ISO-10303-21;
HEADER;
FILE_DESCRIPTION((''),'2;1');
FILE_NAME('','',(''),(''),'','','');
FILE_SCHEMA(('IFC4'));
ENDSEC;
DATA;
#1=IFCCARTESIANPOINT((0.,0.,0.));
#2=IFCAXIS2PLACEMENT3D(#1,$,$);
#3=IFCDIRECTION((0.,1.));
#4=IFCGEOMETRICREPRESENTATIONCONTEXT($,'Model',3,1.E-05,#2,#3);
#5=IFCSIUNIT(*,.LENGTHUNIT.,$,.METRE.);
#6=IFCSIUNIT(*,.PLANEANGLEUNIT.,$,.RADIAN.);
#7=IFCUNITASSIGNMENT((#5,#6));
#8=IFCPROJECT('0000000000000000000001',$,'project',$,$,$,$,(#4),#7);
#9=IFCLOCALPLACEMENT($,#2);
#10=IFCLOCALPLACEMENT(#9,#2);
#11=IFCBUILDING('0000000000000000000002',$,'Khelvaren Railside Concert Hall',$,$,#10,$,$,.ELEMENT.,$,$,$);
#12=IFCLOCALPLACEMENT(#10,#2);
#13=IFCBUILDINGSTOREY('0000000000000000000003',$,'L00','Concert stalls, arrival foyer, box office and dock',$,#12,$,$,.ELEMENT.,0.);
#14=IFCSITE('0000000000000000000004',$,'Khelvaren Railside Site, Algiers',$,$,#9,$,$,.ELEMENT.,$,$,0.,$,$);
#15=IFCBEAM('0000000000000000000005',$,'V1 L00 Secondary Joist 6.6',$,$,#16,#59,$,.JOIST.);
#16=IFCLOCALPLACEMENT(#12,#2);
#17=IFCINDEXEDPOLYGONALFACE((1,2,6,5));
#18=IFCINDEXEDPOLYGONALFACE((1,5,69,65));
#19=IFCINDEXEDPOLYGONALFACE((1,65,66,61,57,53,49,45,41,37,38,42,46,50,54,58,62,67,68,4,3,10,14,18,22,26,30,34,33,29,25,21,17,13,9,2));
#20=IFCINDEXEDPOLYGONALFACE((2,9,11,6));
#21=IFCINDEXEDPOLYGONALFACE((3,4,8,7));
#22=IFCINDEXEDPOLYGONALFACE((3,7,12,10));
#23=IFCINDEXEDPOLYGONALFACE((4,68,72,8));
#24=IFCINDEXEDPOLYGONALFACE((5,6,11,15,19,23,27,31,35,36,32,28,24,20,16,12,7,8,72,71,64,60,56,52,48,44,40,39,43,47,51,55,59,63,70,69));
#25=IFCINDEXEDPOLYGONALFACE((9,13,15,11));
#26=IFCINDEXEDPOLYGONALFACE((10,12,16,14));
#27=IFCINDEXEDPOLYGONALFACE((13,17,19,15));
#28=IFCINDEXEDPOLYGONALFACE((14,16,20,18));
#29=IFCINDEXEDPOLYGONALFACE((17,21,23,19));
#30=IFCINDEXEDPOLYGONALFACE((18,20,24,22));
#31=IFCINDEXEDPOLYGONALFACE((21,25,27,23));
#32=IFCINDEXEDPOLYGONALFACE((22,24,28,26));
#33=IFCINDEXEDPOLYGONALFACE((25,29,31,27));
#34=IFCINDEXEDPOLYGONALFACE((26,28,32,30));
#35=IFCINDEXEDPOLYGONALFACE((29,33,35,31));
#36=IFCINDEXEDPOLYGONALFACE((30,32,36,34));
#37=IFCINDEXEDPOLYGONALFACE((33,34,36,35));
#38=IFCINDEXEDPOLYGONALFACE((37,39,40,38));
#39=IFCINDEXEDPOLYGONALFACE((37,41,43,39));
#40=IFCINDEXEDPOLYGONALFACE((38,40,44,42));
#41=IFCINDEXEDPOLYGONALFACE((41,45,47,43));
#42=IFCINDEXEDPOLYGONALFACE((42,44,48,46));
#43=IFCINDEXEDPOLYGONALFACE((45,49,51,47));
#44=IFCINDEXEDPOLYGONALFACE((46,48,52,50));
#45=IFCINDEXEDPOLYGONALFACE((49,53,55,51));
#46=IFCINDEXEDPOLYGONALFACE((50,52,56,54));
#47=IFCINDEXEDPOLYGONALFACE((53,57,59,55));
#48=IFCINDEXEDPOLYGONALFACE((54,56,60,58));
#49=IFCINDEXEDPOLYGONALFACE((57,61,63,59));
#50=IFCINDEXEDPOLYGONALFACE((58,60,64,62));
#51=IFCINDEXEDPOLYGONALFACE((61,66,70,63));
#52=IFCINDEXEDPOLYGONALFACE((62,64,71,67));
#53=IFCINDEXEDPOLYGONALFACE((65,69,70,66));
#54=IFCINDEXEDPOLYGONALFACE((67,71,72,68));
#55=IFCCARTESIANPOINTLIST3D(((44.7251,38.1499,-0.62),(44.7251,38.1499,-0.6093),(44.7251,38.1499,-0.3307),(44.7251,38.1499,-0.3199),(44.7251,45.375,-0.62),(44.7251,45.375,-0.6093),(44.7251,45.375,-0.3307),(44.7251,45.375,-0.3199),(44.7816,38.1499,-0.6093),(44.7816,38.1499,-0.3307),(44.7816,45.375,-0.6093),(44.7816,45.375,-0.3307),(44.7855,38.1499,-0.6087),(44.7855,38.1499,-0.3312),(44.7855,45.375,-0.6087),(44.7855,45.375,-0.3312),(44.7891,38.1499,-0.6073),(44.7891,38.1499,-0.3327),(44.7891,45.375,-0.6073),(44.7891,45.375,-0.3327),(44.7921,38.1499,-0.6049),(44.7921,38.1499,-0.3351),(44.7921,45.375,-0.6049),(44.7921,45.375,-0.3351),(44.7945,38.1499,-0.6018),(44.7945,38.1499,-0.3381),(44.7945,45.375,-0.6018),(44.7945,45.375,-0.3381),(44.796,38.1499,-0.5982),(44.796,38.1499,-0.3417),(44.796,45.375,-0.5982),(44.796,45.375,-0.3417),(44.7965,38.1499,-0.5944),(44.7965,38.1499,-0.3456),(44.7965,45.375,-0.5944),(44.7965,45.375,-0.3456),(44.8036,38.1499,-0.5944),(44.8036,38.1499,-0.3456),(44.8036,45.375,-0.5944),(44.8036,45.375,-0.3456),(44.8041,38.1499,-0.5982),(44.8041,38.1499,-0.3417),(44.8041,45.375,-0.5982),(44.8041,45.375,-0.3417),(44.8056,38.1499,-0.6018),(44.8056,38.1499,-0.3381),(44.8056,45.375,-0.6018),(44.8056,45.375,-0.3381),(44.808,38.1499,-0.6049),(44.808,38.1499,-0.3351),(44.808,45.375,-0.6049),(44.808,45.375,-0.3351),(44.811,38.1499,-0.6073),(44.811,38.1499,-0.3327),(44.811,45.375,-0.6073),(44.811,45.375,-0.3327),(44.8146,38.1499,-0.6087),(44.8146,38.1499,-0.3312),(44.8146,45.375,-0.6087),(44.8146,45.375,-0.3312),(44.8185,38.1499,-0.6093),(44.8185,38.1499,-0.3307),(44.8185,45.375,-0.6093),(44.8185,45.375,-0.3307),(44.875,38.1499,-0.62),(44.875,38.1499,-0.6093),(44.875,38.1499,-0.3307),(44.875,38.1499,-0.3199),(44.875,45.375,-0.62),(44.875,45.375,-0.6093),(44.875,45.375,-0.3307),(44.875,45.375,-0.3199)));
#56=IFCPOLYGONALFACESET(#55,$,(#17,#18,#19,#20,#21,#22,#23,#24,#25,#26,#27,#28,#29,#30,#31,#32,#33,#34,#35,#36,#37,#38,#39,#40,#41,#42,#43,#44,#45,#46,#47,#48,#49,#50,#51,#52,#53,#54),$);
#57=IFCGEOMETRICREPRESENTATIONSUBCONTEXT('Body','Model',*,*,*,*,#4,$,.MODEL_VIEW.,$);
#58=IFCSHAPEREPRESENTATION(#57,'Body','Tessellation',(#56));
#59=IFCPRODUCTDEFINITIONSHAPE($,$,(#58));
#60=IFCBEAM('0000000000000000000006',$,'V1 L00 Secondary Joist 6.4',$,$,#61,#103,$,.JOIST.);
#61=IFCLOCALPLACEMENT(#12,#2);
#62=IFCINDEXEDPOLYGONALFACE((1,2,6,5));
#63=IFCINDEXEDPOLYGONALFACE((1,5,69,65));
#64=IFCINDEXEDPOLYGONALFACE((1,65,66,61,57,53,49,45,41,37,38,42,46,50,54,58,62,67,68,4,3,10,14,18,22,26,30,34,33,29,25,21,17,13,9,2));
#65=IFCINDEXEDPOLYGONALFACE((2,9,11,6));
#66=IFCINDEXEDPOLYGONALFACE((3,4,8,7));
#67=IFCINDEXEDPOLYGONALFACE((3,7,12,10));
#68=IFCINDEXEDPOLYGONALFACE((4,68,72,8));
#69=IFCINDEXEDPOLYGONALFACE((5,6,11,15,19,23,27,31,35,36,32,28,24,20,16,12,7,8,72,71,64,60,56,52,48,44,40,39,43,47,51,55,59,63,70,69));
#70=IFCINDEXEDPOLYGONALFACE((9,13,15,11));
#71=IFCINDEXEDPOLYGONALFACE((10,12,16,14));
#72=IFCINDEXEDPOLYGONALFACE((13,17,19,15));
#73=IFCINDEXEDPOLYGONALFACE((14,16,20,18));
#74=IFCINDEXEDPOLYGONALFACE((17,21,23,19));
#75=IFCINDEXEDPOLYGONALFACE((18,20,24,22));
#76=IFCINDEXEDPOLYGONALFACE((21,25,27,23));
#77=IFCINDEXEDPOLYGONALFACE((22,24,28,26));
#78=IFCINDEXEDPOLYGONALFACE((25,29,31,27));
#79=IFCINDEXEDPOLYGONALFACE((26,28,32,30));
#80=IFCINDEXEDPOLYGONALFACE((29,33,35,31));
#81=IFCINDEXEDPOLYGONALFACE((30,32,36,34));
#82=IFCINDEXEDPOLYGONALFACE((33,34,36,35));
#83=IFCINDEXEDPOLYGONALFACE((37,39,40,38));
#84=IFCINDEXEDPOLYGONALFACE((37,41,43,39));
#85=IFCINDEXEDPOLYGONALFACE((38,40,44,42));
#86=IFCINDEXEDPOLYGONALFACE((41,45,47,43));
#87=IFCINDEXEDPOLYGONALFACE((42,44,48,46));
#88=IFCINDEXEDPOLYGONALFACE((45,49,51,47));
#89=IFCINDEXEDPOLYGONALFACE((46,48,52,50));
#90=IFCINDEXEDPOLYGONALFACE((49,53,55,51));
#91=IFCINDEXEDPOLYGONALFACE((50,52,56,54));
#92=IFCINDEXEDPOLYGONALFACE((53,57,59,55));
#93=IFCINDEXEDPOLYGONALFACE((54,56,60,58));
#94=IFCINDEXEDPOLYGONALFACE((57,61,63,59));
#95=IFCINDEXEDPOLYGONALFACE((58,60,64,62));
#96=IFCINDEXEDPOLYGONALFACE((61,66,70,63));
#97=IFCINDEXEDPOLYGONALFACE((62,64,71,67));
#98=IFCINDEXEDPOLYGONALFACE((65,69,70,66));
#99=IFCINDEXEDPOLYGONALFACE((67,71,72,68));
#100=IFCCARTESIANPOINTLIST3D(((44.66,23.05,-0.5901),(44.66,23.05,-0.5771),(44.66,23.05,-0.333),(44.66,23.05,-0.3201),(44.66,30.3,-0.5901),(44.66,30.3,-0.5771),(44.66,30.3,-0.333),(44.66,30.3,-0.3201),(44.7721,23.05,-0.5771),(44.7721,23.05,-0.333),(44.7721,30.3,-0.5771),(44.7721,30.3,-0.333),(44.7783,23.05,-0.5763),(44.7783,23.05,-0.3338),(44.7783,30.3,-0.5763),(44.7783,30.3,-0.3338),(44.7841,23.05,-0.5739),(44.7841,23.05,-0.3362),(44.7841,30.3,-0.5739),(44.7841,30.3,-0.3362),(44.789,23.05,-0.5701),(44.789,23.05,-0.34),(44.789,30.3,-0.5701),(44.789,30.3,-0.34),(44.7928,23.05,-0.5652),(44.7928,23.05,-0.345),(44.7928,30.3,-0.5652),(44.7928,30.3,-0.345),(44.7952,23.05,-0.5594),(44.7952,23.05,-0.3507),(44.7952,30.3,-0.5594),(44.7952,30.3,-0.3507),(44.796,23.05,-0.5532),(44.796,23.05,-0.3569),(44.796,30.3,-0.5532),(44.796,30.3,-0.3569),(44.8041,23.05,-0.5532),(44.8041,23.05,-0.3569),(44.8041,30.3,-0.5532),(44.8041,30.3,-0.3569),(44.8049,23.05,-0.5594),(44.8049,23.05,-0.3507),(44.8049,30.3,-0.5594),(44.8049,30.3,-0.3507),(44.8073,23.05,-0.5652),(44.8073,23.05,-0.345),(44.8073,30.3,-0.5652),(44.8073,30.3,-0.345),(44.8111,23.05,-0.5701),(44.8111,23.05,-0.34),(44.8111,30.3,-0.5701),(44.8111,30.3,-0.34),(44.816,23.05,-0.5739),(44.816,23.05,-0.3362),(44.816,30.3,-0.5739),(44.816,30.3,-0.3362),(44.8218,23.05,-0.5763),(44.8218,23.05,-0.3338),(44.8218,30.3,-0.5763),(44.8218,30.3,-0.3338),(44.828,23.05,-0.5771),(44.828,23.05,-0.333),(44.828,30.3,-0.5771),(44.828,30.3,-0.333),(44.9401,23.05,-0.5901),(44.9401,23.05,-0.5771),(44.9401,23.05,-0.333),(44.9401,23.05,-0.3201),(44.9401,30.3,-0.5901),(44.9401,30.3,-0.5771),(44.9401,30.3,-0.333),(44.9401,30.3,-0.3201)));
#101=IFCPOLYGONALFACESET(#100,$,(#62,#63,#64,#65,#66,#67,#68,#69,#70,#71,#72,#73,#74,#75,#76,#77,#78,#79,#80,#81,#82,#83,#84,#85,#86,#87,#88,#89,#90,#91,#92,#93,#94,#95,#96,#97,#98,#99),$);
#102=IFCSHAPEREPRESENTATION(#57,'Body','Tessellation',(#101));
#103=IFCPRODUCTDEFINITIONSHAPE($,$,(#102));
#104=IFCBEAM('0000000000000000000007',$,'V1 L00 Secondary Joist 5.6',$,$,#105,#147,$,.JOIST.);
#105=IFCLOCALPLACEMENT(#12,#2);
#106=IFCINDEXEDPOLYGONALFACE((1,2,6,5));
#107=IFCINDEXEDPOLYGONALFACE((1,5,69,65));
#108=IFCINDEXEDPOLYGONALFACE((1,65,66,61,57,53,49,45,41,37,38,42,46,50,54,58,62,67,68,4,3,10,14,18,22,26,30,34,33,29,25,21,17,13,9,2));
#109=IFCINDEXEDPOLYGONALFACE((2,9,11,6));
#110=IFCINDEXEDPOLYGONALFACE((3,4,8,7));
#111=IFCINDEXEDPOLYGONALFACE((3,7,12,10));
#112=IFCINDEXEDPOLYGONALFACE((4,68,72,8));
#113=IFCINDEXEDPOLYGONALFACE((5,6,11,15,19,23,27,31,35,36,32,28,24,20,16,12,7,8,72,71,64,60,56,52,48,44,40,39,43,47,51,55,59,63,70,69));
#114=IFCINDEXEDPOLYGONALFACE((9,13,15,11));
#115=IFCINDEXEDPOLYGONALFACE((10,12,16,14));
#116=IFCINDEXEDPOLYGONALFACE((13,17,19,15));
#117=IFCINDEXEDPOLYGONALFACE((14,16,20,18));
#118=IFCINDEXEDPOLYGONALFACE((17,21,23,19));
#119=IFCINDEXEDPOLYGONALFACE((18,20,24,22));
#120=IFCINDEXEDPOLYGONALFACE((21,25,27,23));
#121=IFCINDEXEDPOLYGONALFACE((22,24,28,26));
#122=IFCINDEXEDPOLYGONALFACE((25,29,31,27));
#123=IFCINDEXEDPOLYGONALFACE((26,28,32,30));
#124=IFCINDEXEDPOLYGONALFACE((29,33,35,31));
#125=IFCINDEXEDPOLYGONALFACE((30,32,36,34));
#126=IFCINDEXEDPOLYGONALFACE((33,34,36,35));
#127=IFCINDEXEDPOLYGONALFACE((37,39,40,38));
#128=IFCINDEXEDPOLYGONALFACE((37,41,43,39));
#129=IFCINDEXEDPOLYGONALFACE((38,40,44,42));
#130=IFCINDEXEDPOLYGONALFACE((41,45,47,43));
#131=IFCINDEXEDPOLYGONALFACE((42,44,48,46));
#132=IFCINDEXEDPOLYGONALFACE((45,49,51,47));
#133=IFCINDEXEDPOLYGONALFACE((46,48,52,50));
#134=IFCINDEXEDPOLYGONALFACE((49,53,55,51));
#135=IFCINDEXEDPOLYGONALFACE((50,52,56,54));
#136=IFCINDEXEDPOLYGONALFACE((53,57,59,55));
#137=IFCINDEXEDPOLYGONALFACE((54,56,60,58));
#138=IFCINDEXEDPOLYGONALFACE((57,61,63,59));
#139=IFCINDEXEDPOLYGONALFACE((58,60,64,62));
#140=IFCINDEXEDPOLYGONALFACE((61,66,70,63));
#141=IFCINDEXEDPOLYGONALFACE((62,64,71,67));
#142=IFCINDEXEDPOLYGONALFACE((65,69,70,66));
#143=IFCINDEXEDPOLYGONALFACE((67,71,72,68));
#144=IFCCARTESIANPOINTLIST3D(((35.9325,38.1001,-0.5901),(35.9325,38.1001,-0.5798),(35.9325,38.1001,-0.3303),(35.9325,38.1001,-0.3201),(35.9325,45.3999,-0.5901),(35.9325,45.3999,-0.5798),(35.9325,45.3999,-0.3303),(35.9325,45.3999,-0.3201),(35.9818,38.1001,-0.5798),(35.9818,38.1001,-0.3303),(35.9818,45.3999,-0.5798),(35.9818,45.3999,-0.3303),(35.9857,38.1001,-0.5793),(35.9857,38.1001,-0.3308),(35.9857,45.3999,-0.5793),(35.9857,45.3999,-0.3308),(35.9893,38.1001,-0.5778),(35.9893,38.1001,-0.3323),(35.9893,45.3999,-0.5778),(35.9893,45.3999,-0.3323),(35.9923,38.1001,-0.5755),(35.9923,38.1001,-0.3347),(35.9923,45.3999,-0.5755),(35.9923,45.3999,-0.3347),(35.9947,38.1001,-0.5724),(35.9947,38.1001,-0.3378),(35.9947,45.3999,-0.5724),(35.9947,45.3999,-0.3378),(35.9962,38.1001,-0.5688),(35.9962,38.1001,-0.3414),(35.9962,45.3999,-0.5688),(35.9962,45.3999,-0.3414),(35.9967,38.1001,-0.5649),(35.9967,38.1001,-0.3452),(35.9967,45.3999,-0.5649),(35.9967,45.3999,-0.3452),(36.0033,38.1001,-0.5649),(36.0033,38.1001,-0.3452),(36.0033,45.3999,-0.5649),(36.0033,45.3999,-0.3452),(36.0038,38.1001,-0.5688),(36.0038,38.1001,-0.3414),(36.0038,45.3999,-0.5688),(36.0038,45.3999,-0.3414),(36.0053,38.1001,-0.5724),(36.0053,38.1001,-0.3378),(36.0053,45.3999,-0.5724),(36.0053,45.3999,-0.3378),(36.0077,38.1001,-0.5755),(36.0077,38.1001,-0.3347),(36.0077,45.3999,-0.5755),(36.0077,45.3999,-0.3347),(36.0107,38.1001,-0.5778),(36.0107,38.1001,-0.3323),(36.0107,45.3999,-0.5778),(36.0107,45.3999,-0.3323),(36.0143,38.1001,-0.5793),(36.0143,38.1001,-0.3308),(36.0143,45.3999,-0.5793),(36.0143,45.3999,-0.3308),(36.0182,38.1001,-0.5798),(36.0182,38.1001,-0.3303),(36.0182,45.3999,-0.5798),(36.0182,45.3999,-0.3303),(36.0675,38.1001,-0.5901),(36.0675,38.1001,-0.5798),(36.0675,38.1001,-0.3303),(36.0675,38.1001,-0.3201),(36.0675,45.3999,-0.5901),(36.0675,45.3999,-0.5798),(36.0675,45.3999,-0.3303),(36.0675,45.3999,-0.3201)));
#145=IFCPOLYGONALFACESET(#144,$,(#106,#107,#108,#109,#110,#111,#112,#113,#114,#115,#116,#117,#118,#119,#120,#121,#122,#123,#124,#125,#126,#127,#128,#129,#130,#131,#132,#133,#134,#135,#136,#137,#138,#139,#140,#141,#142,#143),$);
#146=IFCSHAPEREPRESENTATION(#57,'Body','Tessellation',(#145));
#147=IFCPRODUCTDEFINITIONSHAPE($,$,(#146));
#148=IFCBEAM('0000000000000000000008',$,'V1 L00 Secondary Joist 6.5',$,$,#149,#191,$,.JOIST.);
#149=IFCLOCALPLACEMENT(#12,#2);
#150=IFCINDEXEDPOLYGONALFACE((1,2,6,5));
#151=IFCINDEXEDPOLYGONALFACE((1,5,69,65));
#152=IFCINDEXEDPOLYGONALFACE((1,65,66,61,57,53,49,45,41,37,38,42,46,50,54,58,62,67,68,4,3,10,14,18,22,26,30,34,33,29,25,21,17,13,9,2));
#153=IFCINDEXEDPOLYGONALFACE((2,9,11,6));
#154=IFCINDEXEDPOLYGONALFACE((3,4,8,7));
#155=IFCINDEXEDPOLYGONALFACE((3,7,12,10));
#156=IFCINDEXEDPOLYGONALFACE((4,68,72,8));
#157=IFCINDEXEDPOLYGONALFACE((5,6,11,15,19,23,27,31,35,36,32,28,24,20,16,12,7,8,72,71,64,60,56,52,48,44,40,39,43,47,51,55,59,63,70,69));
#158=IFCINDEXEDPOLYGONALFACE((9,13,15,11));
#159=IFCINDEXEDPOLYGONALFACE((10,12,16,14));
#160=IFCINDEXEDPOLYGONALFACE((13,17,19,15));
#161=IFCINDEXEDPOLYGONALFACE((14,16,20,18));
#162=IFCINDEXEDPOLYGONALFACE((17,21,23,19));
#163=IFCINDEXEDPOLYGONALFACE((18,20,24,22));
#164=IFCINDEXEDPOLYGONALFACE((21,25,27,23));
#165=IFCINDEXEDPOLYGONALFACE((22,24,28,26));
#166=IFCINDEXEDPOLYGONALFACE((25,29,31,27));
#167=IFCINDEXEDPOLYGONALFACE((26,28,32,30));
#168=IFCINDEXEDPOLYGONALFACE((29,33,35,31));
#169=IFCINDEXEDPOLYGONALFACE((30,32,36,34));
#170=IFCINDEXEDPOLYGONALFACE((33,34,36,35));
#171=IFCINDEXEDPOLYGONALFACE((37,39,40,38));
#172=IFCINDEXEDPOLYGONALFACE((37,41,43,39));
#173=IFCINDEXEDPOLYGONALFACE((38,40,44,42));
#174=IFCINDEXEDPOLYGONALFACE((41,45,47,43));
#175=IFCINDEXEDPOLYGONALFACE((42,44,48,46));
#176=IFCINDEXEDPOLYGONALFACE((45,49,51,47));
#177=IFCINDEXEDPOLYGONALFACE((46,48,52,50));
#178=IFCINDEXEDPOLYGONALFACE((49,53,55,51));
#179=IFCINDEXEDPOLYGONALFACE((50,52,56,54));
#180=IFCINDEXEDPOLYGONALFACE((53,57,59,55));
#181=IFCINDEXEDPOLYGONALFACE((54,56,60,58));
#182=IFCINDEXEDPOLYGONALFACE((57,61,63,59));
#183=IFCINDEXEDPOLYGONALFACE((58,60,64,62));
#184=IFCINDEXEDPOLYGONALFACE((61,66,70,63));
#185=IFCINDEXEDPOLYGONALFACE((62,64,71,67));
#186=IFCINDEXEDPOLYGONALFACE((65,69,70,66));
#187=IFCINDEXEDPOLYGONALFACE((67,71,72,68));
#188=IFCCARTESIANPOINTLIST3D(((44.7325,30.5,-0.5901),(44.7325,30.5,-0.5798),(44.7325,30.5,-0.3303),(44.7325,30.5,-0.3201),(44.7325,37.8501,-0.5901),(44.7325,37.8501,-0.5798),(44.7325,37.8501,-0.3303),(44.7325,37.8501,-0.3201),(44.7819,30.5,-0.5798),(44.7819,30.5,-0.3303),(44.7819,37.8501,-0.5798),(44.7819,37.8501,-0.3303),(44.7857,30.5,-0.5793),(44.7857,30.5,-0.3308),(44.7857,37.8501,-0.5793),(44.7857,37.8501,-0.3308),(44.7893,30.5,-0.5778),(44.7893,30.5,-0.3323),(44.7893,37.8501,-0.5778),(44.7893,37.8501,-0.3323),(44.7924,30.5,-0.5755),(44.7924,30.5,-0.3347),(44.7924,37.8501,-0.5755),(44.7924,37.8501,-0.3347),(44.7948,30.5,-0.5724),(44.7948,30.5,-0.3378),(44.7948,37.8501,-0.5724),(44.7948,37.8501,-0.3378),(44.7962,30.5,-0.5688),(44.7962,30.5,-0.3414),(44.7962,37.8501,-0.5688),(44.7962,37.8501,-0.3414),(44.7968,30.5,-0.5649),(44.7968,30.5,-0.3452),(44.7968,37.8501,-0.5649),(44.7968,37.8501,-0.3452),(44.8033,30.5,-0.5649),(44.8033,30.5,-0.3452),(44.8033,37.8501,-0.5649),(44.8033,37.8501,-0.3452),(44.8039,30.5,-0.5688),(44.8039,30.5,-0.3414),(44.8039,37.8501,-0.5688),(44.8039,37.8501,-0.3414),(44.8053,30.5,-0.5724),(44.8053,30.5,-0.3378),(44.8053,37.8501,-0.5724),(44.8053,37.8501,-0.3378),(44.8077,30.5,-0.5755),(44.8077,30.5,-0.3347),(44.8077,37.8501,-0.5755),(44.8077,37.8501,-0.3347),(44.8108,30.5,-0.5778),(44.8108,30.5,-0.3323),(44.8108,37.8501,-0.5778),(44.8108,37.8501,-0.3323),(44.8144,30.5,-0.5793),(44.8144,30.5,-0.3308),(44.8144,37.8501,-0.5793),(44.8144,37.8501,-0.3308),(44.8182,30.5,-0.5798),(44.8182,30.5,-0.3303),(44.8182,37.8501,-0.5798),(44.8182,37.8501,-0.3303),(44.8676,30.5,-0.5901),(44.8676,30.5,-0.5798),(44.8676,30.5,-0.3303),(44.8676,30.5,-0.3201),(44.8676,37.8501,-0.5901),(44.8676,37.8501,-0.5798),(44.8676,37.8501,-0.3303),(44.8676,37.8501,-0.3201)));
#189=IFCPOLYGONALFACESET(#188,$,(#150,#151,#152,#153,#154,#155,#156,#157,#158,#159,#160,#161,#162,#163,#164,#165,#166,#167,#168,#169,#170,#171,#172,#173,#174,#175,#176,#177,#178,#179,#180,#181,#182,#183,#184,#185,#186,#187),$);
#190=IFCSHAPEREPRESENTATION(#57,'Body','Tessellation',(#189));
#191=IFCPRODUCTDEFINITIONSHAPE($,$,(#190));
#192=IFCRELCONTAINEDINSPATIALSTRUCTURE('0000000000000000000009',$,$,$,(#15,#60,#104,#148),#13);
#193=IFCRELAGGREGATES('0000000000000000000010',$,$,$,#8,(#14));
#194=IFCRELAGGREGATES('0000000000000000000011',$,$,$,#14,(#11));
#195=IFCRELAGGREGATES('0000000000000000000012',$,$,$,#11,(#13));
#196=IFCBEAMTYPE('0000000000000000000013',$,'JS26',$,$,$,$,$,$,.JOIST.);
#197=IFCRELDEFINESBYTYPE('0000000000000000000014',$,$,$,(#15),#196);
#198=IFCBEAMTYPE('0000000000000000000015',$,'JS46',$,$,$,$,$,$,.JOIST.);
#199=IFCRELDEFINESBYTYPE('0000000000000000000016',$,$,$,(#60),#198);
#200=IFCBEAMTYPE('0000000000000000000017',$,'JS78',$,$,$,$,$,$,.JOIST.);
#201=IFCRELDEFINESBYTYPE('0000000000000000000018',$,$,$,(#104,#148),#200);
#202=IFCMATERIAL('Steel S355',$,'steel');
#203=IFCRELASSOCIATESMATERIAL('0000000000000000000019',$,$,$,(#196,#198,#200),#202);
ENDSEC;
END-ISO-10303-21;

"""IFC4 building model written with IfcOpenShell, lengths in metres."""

from ifc_helpers import new_model, si_unit, direction, frame, origin, origin_2d, place, context, subcontext, project, spatial, i_section, extrude, material, material_profile, profile_set, type_object, element, save


model = new_model("IFC4")

# Units and contexts
model_context = context("Model", 3, precision=1e-05, world=origin(), true_north=direction((0.0, 1.0)))
body_context = subcontext(model_context, "Body", "Model", "MODEL_VIEW")
ifc_project = project(units=[si_unit("LENGTHUNIT", "METRE"), si_unit("PLANEANGLEUNIT", "RADIAN")], contexts=[model_context])

# Site, building, storey
site_placement = place(None, origin())
site = spatial("IfcSite", under=ifc_project, at=site_placement, Name="Khelvaren Railside Site, Algiers", CompositionType="ELEMENT", RefElevation=0.0)
building_placement = place(site_placement, origin())
building = spatial("IfcBuilding", under=site, at=building_placement, Name="Khelvaren Railside Concert Hall", CompositionType="ELEMENT")
storey_placement = place(building_placement, origin())
storey = spatial("IfcBuildingStorey", under=building, at=storey_placement, Name="L00", Description="Concert stalls, arrival foyer, box office and dock", CompositionType="ELEMENT", Elevation=0.0)

# Shared definitions
ifc_material_1 = material(Name="Steel S355", Category="steel")

# Beams
ifc_material_profile_1 = material_profile(ifc_material_1, i_section(OverallWidth=0.1499, OverallDepth=0.3, WebThickness=0.0071, FlangeThickness=0.0107, FilletRadius=0.0149, at=origin_2d()), Name="IPE 300")
ifc_profile_set_1 = profile_set([ifc_material_profile_1], Name="Steel S355")
beam_type_1 = type_object("IfcBeamType", Name="JS26", PredefinedType="JOIST", material=ifc_profile_set_1)
beam_1_placement = place(storey_placement, frame((44.8, 38.1499, -0.47), z_axis=(0.0, 1.0, 0.0), x_axis=(-1.0, 0.0, 0.0)))
element("IfcBeam", 1, at=beam_1_placement, inside=storey, type_object=beam_type_1, Name="V1 L00 Secondary Joist 6.6", PredefinedType="JOIST", context=body_context, shape_type="SweptSolid", body=[
    extrude(i_section(OverallWidth=0.1499, OverallDepth=0.3, WebThickness=0.0071, FlangeThickness=0.0107, FilletRadius=0.0149, at=origin_2d()), origin(), (0.0, 0.0, 1.0), 7.2251),
])
ifc_material_profile_2 = material_profile(ifc_material_1, i_section(OverallWidth=0.28, OverallDepth=0.27, WebThickness=0.0081, FlangeThickness=0.0129, FilletRadius=0.0239, at=origin_2d()), Name="HEA 280")
ifc_profile_set_2 = profile_set([ifc_material_profile_2], Name="Steel S355")
beam_type_2 = type_object("IfcBeamType", Name="JS46", PredefinedType="JOIST", material=ifc_profile_set_2)
beam_2_placement = place(storey_placement, frame((44.8, 23.05, -0.4551), z_axis=(0.0, 1.0, 0.0), x_axis=(-1.0, 0.0, 0.0)))
element("IfcBeam", 2, at=beam_2_placement, inside=storey, type_object=beam_type_2, Name="V1 L00 Secondary Joist 6.4", PredefinedType="JOIST", context=body_context, shape_type="SweptSolid", body=[
    extrude(i_section(OverallWidth=0.28, OverallDepth=0.27, WebThickness=0.0081, FlangeThickness=0.0129, FilletRadius=0.0239, at=origin_2d()), origin(), (0.0, 0.0, 1.0), 7.25),
])
ifc_material_profile_3 = material_profile(ifc_material_1, i_section(OverallWidth=0.135, OverallDepth=0.27, WebThickness=0.0066, FlangeThickness=0.0103, FilletRadius=0.0149, at=origin_2d()), Name="IPE 270")
ifc_profile_set_3 = profile_set([ifc_material_profile_3], Name="Steel S355")
beam_type_3 = type_object("IfcBeamType", Name="JS78", PredefinedType="JOIST", material=ifc_profile_set_3)
beam_3_placement = place(storey_placement, frame((36.0, 38.1001, -0.4551), z_axis=(0.0, 1.0, 0.0), x_axis=(-1.0, 0.0, 0.0)))
element("IfcBeam", 3, at=beam_3_placement, inside=storey, type_object=beam_type_3, Name="V1 L00 Secondary Joist 5.6", PredefinedType="JOIST", context=body_context, shape_type="SweptSolid", body=[
    extrude(i_section(OverallWidth=0.135, OverallDepth=0.27, WebThickness=0.0066, FlangeThickness=0.0103, FilletRadius=0.0149, at=origin_2d()), origin(), (0.0, 0.0, 1.0), 7.2998),
])
beam_4_placement = place(storey_placement, frame((44.8, 30.5, -0.4551), z_axis=(0.0, 1.0, 0.0), x_axis=(-1.0, 0.0, 0.0)))
element("IfcBeam", 4, at=beam_4_placement, inside=storey, type_object=beam_type_3, Name="V1 L00 Secondary Joist 6.5", PredefinedType="JOIST", context=body_context, shape_type="SweptSolid", body=[
    extrude(i_section(OverallWidth=0.135, OverallDepth=0.27, WebThickness=0.0066, FlangeThickness=0.0103, FilletRadius=0.0149, at=origin_2d()), origin(), (0.0, 0.0, 1.0), 7.3501),
])

save(model, "model.ifc")
